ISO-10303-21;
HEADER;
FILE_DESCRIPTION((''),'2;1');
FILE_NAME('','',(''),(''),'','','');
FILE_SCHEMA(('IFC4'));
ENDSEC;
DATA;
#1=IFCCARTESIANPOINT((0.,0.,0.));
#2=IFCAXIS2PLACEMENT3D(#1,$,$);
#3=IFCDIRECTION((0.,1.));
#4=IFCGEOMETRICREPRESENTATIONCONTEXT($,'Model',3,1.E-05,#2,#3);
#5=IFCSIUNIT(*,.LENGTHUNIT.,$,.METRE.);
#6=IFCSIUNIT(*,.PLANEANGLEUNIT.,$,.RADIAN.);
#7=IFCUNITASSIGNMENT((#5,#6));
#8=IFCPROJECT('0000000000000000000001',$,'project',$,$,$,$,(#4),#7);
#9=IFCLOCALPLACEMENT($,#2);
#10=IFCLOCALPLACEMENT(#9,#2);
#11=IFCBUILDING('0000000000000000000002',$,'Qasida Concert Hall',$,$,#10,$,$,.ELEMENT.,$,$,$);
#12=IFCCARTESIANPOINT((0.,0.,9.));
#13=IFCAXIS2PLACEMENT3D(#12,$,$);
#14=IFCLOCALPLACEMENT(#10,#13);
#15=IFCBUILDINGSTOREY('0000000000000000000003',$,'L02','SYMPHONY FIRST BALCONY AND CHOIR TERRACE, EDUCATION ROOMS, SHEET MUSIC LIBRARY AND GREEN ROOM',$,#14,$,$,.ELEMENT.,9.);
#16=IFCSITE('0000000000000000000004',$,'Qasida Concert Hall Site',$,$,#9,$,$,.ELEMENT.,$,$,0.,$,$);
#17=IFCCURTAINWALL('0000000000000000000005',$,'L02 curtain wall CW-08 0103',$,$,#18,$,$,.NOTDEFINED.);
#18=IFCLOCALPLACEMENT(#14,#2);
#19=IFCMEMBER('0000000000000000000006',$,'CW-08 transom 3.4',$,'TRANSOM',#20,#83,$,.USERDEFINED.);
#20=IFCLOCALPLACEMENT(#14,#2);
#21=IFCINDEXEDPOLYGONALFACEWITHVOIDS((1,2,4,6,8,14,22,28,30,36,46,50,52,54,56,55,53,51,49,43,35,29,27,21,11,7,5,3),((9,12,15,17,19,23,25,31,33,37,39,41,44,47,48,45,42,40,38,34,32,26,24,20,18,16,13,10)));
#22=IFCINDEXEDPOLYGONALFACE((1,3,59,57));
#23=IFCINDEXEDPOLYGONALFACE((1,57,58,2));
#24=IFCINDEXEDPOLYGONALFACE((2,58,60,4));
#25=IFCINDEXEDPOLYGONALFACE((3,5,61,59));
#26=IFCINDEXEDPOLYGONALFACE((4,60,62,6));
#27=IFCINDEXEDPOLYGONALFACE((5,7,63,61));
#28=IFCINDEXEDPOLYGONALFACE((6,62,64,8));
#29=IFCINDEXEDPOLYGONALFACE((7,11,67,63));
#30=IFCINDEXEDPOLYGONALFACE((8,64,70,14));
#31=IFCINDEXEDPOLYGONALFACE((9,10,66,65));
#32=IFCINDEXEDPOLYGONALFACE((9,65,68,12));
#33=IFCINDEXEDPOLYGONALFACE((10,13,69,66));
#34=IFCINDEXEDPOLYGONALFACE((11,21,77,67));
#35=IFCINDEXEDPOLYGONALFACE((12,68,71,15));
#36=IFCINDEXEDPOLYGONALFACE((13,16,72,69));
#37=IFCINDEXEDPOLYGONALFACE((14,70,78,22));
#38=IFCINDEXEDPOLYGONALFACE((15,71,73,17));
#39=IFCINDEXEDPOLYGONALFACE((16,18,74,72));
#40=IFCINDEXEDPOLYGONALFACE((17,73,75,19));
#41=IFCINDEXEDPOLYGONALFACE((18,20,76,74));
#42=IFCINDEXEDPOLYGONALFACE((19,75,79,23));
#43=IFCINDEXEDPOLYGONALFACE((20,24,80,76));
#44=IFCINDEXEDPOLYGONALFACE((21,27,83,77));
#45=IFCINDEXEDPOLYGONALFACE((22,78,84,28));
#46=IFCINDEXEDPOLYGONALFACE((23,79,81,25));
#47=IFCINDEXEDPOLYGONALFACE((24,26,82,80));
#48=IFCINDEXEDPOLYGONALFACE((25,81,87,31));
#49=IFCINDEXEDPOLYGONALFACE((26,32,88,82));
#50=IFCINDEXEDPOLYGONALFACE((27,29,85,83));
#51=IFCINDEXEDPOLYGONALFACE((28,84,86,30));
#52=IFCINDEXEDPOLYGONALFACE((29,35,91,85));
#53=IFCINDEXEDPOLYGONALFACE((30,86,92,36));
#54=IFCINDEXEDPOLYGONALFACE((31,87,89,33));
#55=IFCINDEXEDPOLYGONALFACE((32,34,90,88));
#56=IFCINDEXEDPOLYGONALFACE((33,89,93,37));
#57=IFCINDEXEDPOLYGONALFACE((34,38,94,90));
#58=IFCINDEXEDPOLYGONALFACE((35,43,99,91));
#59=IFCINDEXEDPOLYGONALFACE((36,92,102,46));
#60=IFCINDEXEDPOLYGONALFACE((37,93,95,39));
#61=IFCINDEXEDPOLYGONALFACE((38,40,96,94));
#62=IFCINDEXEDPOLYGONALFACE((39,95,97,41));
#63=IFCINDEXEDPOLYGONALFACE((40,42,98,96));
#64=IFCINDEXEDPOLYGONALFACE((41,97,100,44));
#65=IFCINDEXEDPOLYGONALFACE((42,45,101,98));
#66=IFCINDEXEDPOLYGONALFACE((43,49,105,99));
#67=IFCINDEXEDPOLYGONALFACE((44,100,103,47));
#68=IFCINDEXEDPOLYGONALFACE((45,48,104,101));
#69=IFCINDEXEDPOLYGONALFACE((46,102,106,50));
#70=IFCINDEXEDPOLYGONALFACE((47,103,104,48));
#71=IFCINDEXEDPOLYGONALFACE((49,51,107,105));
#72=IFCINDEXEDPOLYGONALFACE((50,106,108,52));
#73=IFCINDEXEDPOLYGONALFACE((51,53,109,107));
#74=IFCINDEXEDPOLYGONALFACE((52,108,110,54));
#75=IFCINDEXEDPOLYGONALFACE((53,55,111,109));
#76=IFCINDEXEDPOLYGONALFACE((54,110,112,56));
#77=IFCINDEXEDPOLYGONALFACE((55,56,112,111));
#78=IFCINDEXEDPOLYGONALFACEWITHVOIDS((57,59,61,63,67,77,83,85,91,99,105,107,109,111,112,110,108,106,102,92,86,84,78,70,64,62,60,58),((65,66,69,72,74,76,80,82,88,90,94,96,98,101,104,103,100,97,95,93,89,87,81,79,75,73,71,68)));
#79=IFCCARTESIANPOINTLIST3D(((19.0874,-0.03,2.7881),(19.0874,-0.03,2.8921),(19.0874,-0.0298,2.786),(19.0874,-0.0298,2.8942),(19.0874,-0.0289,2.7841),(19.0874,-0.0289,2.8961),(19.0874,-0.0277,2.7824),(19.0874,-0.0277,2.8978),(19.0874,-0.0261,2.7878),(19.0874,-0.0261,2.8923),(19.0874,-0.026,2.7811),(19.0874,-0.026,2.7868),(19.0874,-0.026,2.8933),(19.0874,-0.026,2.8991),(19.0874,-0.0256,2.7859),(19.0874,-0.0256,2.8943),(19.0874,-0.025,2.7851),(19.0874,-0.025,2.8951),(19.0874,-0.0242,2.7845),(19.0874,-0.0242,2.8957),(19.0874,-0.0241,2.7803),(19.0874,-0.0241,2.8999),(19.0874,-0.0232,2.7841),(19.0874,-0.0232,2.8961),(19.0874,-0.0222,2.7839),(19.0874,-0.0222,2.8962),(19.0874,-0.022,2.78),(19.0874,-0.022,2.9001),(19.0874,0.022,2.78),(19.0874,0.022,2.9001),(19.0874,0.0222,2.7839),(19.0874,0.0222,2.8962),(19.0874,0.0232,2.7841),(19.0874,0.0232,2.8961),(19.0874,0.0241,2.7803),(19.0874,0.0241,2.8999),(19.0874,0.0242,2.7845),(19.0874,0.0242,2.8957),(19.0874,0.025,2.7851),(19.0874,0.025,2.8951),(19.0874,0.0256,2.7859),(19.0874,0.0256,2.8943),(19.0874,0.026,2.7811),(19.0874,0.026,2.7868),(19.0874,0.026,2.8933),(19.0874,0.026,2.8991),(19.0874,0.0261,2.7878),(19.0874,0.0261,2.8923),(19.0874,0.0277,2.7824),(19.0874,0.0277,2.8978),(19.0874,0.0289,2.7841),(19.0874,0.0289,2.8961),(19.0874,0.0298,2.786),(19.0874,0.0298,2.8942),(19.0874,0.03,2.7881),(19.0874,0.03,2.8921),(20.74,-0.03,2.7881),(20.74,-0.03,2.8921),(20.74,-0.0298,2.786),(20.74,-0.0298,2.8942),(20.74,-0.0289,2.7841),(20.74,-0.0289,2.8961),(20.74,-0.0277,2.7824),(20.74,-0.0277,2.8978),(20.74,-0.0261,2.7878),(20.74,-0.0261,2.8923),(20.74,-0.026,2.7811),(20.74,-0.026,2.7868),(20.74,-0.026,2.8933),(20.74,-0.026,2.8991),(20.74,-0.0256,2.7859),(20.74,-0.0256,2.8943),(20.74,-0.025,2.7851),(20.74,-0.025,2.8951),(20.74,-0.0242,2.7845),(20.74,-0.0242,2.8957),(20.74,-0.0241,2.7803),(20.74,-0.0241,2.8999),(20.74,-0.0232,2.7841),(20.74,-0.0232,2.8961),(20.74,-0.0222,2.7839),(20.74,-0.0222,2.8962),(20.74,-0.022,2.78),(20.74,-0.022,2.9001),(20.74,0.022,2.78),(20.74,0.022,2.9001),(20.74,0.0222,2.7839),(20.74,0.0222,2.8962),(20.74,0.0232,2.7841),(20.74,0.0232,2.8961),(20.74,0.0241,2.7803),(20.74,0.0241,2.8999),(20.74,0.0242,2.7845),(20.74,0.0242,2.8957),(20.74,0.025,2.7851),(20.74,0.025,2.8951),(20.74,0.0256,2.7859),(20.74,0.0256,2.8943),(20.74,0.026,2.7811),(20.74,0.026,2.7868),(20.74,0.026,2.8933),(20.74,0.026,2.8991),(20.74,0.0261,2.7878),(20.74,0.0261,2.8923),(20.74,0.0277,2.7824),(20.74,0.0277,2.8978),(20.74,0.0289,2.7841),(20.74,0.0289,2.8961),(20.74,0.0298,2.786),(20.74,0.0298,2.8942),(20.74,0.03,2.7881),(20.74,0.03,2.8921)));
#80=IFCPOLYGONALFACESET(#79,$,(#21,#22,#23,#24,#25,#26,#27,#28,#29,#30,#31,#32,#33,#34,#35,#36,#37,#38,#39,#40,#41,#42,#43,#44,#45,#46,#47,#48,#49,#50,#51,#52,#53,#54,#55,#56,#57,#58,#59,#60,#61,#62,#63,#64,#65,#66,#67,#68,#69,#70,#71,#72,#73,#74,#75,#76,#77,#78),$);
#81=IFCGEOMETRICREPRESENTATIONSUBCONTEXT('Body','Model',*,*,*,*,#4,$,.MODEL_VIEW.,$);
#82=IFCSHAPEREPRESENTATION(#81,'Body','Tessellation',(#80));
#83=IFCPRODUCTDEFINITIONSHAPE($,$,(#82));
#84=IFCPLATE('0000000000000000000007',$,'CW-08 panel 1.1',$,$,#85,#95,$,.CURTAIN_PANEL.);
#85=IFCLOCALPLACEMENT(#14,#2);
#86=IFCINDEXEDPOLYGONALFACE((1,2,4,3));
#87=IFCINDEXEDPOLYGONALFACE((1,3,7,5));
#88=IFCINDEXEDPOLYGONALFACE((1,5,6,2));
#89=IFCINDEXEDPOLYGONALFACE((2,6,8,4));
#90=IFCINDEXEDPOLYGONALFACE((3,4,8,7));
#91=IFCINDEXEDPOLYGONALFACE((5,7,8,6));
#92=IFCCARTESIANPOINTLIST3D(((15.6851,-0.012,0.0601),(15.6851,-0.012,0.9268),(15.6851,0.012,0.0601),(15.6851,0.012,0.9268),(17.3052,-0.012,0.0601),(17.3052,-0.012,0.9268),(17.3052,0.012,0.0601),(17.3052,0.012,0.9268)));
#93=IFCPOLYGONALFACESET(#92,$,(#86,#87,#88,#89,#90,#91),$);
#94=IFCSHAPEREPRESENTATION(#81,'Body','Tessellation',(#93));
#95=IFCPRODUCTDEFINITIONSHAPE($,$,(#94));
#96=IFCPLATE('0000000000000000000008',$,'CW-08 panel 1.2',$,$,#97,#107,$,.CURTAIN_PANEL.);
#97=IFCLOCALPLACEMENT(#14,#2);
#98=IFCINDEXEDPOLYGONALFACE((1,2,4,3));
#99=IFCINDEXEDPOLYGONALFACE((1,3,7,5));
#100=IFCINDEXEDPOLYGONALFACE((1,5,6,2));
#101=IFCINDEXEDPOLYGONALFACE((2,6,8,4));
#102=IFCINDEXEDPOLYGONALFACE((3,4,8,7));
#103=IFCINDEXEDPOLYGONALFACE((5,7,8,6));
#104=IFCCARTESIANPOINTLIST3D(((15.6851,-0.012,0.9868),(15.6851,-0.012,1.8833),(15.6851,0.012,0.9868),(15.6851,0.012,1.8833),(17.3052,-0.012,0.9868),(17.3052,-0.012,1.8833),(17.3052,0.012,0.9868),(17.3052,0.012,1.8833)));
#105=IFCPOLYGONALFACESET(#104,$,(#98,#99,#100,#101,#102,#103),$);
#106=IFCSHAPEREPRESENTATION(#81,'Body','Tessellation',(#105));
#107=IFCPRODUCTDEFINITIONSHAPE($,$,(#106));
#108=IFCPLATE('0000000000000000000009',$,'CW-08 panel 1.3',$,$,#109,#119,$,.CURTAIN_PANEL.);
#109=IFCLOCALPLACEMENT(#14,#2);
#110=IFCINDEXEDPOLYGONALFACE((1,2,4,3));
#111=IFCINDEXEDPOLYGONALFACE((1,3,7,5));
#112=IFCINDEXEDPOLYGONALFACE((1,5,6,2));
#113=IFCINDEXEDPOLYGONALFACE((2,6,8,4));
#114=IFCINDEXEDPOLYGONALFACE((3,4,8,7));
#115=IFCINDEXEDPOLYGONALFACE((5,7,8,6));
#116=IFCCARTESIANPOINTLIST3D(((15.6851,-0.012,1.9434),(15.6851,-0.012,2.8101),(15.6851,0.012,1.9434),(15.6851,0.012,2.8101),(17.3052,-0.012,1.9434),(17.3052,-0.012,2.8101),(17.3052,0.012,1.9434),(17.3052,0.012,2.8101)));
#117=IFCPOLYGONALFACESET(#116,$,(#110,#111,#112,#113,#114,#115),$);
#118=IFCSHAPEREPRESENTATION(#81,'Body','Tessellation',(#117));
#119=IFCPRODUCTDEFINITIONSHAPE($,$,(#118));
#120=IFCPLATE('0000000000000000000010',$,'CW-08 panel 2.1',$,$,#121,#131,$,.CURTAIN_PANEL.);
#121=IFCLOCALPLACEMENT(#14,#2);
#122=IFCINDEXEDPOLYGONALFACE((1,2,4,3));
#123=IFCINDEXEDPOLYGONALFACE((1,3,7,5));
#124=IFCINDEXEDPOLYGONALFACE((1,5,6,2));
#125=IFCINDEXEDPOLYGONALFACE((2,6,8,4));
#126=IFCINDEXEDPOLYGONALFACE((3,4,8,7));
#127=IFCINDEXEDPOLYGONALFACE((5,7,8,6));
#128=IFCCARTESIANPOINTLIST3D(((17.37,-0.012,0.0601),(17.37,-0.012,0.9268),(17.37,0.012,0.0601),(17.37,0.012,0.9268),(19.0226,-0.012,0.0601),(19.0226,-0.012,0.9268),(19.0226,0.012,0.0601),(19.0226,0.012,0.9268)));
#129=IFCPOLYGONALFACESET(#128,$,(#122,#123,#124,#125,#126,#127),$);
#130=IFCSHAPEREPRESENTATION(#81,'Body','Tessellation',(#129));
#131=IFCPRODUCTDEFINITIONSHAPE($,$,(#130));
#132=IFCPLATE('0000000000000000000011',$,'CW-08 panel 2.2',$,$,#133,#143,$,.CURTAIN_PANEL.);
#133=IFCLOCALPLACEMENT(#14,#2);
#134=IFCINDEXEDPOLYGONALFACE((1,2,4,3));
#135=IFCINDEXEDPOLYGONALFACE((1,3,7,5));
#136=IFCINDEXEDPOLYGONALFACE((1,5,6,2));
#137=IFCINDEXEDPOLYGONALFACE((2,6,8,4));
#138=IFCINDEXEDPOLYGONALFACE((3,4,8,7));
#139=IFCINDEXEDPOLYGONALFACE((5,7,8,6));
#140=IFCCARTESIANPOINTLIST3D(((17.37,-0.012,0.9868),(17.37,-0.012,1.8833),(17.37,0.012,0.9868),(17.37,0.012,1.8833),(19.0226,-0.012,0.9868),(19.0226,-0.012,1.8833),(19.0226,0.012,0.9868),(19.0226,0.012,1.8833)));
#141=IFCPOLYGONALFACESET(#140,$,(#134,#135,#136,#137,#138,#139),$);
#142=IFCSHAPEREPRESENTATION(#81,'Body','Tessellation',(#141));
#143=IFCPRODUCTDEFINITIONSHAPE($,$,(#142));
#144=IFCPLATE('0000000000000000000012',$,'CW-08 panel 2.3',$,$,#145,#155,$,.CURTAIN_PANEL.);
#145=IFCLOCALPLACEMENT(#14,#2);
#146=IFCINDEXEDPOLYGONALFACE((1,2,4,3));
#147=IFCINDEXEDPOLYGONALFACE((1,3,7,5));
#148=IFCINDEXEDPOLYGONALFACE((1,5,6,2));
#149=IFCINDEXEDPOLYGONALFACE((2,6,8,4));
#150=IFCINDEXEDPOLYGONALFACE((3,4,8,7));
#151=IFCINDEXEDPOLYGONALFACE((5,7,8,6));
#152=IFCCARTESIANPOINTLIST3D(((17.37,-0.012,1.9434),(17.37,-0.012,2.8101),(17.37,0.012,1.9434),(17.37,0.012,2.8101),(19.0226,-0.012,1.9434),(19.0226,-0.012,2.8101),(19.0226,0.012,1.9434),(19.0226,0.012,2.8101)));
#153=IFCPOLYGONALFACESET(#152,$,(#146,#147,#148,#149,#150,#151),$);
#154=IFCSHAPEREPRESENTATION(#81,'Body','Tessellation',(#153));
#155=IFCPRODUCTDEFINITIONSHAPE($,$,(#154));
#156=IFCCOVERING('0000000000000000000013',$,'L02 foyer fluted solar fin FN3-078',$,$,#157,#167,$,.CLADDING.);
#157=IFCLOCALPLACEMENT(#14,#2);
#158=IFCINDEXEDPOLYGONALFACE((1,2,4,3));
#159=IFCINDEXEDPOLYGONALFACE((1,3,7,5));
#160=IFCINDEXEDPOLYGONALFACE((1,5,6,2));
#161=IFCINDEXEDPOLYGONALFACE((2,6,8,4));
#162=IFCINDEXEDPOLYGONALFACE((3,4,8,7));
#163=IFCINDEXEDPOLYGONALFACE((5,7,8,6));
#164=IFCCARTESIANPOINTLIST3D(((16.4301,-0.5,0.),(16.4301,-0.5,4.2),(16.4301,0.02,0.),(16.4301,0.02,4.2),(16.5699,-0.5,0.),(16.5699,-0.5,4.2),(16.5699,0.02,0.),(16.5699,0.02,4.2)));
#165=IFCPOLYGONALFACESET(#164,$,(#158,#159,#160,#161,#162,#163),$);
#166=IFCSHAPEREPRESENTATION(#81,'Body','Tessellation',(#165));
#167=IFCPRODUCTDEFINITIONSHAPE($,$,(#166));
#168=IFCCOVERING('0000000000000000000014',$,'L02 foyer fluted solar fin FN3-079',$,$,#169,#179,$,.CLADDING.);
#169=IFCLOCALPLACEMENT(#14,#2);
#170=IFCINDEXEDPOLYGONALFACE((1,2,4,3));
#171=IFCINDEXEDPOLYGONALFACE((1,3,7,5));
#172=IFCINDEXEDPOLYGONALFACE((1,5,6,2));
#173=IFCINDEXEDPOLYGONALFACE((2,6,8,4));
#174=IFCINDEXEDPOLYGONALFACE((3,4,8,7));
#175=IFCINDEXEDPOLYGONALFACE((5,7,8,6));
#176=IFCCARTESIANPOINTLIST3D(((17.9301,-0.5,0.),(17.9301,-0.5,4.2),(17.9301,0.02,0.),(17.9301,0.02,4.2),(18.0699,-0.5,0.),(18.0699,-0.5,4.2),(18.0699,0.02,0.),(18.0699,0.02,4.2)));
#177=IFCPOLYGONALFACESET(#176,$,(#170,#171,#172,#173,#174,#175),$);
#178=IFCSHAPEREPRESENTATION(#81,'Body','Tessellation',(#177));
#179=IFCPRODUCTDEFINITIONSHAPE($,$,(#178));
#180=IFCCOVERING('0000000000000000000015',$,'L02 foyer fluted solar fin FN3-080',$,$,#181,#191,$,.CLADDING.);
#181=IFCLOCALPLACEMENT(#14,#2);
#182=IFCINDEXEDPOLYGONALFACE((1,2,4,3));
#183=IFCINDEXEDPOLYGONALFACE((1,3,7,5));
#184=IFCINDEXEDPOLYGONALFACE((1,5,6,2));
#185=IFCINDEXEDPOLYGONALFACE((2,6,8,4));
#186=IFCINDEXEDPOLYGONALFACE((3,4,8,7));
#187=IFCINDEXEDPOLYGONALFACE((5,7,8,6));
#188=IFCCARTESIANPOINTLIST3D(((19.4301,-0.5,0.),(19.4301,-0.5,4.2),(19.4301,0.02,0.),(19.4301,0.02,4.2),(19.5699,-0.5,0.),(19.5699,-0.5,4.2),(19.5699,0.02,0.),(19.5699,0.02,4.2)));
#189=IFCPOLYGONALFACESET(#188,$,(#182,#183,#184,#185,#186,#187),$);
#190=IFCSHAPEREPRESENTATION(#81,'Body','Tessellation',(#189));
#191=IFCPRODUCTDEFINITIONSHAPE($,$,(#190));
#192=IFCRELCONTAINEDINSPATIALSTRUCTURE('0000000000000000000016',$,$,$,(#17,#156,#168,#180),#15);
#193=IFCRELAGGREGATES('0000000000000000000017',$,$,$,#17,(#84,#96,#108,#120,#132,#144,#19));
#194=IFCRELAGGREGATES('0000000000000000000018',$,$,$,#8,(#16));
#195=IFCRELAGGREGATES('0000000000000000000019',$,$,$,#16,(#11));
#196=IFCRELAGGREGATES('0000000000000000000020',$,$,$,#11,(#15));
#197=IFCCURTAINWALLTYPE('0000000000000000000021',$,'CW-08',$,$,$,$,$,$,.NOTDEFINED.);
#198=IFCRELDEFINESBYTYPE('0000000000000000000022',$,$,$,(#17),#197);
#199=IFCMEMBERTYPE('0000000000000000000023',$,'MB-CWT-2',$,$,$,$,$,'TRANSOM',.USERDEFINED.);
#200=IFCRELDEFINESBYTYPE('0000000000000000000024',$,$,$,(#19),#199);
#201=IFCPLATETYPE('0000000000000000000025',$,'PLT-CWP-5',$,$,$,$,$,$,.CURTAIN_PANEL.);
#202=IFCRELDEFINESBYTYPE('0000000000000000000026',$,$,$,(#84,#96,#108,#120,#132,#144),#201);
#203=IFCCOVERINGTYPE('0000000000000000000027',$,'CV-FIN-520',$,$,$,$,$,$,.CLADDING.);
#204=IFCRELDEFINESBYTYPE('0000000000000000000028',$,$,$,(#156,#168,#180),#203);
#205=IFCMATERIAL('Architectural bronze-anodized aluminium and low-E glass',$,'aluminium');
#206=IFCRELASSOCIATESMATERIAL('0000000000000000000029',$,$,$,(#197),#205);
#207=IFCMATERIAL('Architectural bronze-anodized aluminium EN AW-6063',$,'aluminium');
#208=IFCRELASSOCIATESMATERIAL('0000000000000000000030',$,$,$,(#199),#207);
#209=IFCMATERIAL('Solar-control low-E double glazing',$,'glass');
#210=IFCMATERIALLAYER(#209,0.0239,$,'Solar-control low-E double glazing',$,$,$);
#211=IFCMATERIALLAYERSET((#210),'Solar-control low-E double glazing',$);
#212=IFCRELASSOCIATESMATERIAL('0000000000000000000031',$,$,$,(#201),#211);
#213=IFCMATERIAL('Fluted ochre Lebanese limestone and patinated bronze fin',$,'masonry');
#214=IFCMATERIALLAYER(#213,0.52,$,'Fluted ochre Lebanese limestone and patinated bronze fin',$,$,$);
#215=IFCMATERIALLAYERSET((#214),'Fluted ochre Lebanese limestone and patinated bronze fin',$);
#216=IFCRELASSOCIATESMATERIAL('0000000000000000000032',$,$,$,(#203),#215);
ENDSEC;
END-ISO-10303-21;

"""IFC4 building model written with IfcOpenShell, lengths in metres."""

from ifc_helpers import new_model, si_unit, direction, frame, origin, origin_2d, place, context, subcontext, project, spatial, rectangle, hollow_rectangle, extrude, material, layer, layer_set, material_profile, profile_set, type_object, element, aggregate, save


model = new_model("IFC4")

# Units and contexts
model_context = context("Model", 3, precision=1e-05, world=origin(), true_north=direction((0.0, 1.0)))
body_context = subcontext(model_context, "Body", "Model", "MODEL_VIEW")
ifc_project = project(units=[si_unit("LENGTHUNIT", "METRE"), si_unit("PLANEANGLEUNIT", "RADIAN")], contexts=[model_context])

# Site, building, storey
site_placement = place(None, origin())
site = spatial("IfcSite", under=ifc_project, at=site_placement, Name="Qasida Concert Hall Site", CompositionType="ELEMENT", RefElevation=0.0)
building_placement = place(site_placement, origin())
building = spatial("IfcBuilding", under=site, at=building_placement, Name="Qasida Concert Hall", CompositionType="ELEMENT")
storey_placement = place(building_placement, frame((0.0, 0.0, 9.0)))
storey = spatial("IfcBuildingStorey", under=building, at=storey_placement, Name="L02", Description="SYMPHONY FIRST BALCONY AND CHOIR TERRACE, EDUCATION ROOMS, SHEET MUSIC LIBRARY AND GREEN ROOM", CompositionType="ELEMENT", Elevation=9.0)

# Curtain wall, member, plates
ifc_material_1 = material(Name="Architectural bronze-anodized aluminium and low-E glass", Category="aluminium")
curtain_wall_type = type_object("IfcCurtainWallType", Name="CW-08", PredefinedType="NOTDEFINED", material=ifc_material_1)
curtain_wall_placement = place(storey_placement, origin())
curtain_wall = element("IfcCurtainWall", 1, at=curtain_wall_placement, inside=storey, type_object=curtain_wall_type, Name="L02 curtain wall CW-08 0103", PredefinedType="NOTDEFINED")
ifc_material_2 = material(Name="Architectural bronze-anodized aluminium EN AW-6063", Category="aluminium")
ifc_material_profile_1 = material_profile(ifc_material_2, hollow_rectangle(XDim=0.0601, YDim=0.1201, WallThickness=0.0039, InnerFilletRadius=0.0039, OuterFilletRadius=0.0081, at=origin_2d()), Name="CWT 120x60x4")
ifc_profile_set_1 = profile_set([ifc_material_profile_1], Name="Architectural bronze-anodized aluminium EN AW-6063")
member_type_1 = type_object("IfcMemberType", Name="MB-CWT-2", ElementType="TRANSOM", PredefinedType="USERDEFINED", material=ifc_profile_set_1)
member_1_placement = place(storey_placement, frame((19.0874, 0.0, 2.8401), z_axis=(1.0, 0.0, 0.0), x_axis=(0.0, 1.0, 0.0)))
member_1 = element("IfcMember", 2, at=member_1_placement, type_object=member_type_1, Name="CW-08 transom 3.4", ObjectType="TRANSOM", PredefinedType="USERDEFINED", context=body_context, shape_type="SweptSolid", body=[
    extrude(hollow_rectangle(XDim=0.0601, YDim=0.1201, WallThickness=0.0039, InnerFilletRadius=0.0039, OuterFilletRadius=0.0081, at=origin_2d()), origin(), (0.0, 0.0, 1.0), 1.6526),
])
ifc_material_3 = material(Name="Solar-control low-E double glazing", Category="glass")
ifc_layer_1 = layer(ifc_material_3, 0.0239, Name="Solar-control low-E double glazing")
ifc_layer_set_1 = layer_set([ifc_layer_1], Name="Solar-control low-E double glazing")
plate_type = type_object("IfcPlateType", Name="PLT-CWP-5", PredefinedType="CURTAIN_PANEL", material=ifc_layer_set_1)
plate_1_placement = place(storey_placement, frame((16.4951, 0.0, 0.0601), z_axis=(0.0, 0.0, 1.0), x_axis=(1.0, 0.0, 0.0)))
plate_1 = element("IfcPlate", 3, at=plate_1_placement, type_object=plate_type, Name="CW-08 panel 1.1", PredefinedType="CURTAIN_PANEL", context=body_context, shape_type="SweptSolid", body=[
    extrude(rectangle(XDim=1.6201, YDim=0.0239, at=origin_2d()), origin(), (0.0, 0.0, 1.0), 0.8667),
])
plate_2_placement = place(storey_placement, frame((16.4951, 0.0, 0.9868), z_axis=(0.0, 0.0, 1.0), x_axis=(1.0, 0.0, 0.0)))
plate_2 = element("IfcPlate", 4, at=plate_2_placement, type_object=plate_type, Name="CW-08 panel 1.2", PredefinedType="CURTAIN_PANEL", context=body_context, shape_type="SweptSolid", body=[
    extrude(rectangle(XDim=1.6201, YDim=0.0239, at=origin_2d()), origin(), (0.0, 0.0, 1.0), 0.8965),
])
plate_3_placement = place(storey_placement, frame((16.4951, 0.0, 1.9434), z_axis=(0.0, 0.0, 1.0), x_axis=(1.0, 0.0, 0.0)))
plate_3 = element("IfcPlate", 5, at=plate_3_placement, type_object=plate_type, Name="CW-08 panel 1.3", PredefinedType="CURTAIN_PANEL", context=body_context, shape_type="SweptSolid", body=[
    extrude(rectangle(XDim=1.6201, YDim=0.0239, at=origin_2d()), origin(), (0.0, 0.0, 1.0), 0.8667),
])
plate_4_placement = place(storey_placement, frame((18.1963, 0.0, 0.0601), z_axis=(0.0, 0.0, 1.0), x_axis=(1.0, 0.0, 0.0)))
plate_4 = element("IfcPlate", 6, at=plate_4_placement, type_object=plate_type, Name="CW-08 panel 2.1", PredefinedType="CURTAIN_PANEL", context=body_context, shape_type="SweptSolid", body=[
    extrude(rectangle(XDim=1.6526, YDim=0.0239, at=origin_2d()), origin(), (0.0, 0.0, 1.0), 0.8667),
])
plate_5_placement = place(storey_placement, frame((18.1963, 0.0, 0.9868), z_axis=(0.0, 0.0, 1.0), x_axis=(1.0, 0.0, 0.0)))
plate_5 = element("IfcPlate", 7, at=plate_5_placement, type_object=plate_type, Name="CW-08 panel 2.2", PredefinedType="CURTAIN_PANEL", context=body_context, shape_type="SweptSolid", body=[
    extrude(rectangle(XDim=1.6526, YDim=0.0239, at=origin_2d()), origin(), (0.0, 0.0, 1.0), 0.8965),
])
plate_6_placement = place(storey_placement, frame((18.1963, 0.0, 1.9434), z_axis=(0.0, 0.0, 1.0), x_axis=(1.0, 0.0, 0.0)))
plate_6 = element("IfcPlate", 8, at=plate_6_placement, type_object=plate_type, Name="CW-08 panel 2.3", PredefinedType="CURTAIN_PANEL", context=body_context, shape_type="SweptSolid", body=[
    extrude(rectangle(XDim=1.6526, YDim=0.0239, at=origin_2d()), origin(), (0.0, 0.0, 1.0), 0.8667),
])
aggregate(curtain_wall, [plate_1, plate_2, plate_3, plate_4, plate_5, plate_6, member_1])

# Coverings
ifc_material_4 = material(Name="Fluted ochre Lebanese limestone and patinated bronze fin", Category="masonry")
ifc_layer_2 = layer(ifc_material_4, 0.52, Name="Fluted ochre Lebanese limestone and patinated bronze fin")
ifc_layer_set_2 = layer_set([ifc_layer_2], Name="Fluted ochre Lebanese limestone and patinated bronze fin")
covering_type = type_object("IfcCoveringType", Name="CV-FIN-520", PredefinedType="CLADDING", material=ifc_layer_set_2)
for number, where, z_axis, x_axis, name in (
    (9, (16.5, -0.24, 0.0), (0.0, 0.0, 1.0), (1.0, 0.0, 0.0), "L02 foyer fluted solar fin FN3-078"),
    (10, (18.0, -0.24, 0.0), (0.0, 0.0, 1.0), (1.0, 0.0, 0.0), "L02 foyer fluted solar fin FN3-079"),
    (11, (19.5, -0.24, 0.0), (0.0, 0.0, 1.0), (1.0, 0.0, 0.0), "L02 foyer fluted solar fin FN3-080"),
):
    element("IfcCovering", number, at=place(storey_placement, frame(where, z_axis=z_axis, x_axis=x_axis)), inside=storey, type_object=covering_type, Name=name, PredefinedType="CLADDING", context=body_context, shape_type="SweptSolid", body=[
        extrude(rectangle(XDim=0.1399, YDim=0.52, at=origin_2d()), origin(), (0.0, 0.0, 1.0), 4.2),
    ])

save(model, "model.ifc")
